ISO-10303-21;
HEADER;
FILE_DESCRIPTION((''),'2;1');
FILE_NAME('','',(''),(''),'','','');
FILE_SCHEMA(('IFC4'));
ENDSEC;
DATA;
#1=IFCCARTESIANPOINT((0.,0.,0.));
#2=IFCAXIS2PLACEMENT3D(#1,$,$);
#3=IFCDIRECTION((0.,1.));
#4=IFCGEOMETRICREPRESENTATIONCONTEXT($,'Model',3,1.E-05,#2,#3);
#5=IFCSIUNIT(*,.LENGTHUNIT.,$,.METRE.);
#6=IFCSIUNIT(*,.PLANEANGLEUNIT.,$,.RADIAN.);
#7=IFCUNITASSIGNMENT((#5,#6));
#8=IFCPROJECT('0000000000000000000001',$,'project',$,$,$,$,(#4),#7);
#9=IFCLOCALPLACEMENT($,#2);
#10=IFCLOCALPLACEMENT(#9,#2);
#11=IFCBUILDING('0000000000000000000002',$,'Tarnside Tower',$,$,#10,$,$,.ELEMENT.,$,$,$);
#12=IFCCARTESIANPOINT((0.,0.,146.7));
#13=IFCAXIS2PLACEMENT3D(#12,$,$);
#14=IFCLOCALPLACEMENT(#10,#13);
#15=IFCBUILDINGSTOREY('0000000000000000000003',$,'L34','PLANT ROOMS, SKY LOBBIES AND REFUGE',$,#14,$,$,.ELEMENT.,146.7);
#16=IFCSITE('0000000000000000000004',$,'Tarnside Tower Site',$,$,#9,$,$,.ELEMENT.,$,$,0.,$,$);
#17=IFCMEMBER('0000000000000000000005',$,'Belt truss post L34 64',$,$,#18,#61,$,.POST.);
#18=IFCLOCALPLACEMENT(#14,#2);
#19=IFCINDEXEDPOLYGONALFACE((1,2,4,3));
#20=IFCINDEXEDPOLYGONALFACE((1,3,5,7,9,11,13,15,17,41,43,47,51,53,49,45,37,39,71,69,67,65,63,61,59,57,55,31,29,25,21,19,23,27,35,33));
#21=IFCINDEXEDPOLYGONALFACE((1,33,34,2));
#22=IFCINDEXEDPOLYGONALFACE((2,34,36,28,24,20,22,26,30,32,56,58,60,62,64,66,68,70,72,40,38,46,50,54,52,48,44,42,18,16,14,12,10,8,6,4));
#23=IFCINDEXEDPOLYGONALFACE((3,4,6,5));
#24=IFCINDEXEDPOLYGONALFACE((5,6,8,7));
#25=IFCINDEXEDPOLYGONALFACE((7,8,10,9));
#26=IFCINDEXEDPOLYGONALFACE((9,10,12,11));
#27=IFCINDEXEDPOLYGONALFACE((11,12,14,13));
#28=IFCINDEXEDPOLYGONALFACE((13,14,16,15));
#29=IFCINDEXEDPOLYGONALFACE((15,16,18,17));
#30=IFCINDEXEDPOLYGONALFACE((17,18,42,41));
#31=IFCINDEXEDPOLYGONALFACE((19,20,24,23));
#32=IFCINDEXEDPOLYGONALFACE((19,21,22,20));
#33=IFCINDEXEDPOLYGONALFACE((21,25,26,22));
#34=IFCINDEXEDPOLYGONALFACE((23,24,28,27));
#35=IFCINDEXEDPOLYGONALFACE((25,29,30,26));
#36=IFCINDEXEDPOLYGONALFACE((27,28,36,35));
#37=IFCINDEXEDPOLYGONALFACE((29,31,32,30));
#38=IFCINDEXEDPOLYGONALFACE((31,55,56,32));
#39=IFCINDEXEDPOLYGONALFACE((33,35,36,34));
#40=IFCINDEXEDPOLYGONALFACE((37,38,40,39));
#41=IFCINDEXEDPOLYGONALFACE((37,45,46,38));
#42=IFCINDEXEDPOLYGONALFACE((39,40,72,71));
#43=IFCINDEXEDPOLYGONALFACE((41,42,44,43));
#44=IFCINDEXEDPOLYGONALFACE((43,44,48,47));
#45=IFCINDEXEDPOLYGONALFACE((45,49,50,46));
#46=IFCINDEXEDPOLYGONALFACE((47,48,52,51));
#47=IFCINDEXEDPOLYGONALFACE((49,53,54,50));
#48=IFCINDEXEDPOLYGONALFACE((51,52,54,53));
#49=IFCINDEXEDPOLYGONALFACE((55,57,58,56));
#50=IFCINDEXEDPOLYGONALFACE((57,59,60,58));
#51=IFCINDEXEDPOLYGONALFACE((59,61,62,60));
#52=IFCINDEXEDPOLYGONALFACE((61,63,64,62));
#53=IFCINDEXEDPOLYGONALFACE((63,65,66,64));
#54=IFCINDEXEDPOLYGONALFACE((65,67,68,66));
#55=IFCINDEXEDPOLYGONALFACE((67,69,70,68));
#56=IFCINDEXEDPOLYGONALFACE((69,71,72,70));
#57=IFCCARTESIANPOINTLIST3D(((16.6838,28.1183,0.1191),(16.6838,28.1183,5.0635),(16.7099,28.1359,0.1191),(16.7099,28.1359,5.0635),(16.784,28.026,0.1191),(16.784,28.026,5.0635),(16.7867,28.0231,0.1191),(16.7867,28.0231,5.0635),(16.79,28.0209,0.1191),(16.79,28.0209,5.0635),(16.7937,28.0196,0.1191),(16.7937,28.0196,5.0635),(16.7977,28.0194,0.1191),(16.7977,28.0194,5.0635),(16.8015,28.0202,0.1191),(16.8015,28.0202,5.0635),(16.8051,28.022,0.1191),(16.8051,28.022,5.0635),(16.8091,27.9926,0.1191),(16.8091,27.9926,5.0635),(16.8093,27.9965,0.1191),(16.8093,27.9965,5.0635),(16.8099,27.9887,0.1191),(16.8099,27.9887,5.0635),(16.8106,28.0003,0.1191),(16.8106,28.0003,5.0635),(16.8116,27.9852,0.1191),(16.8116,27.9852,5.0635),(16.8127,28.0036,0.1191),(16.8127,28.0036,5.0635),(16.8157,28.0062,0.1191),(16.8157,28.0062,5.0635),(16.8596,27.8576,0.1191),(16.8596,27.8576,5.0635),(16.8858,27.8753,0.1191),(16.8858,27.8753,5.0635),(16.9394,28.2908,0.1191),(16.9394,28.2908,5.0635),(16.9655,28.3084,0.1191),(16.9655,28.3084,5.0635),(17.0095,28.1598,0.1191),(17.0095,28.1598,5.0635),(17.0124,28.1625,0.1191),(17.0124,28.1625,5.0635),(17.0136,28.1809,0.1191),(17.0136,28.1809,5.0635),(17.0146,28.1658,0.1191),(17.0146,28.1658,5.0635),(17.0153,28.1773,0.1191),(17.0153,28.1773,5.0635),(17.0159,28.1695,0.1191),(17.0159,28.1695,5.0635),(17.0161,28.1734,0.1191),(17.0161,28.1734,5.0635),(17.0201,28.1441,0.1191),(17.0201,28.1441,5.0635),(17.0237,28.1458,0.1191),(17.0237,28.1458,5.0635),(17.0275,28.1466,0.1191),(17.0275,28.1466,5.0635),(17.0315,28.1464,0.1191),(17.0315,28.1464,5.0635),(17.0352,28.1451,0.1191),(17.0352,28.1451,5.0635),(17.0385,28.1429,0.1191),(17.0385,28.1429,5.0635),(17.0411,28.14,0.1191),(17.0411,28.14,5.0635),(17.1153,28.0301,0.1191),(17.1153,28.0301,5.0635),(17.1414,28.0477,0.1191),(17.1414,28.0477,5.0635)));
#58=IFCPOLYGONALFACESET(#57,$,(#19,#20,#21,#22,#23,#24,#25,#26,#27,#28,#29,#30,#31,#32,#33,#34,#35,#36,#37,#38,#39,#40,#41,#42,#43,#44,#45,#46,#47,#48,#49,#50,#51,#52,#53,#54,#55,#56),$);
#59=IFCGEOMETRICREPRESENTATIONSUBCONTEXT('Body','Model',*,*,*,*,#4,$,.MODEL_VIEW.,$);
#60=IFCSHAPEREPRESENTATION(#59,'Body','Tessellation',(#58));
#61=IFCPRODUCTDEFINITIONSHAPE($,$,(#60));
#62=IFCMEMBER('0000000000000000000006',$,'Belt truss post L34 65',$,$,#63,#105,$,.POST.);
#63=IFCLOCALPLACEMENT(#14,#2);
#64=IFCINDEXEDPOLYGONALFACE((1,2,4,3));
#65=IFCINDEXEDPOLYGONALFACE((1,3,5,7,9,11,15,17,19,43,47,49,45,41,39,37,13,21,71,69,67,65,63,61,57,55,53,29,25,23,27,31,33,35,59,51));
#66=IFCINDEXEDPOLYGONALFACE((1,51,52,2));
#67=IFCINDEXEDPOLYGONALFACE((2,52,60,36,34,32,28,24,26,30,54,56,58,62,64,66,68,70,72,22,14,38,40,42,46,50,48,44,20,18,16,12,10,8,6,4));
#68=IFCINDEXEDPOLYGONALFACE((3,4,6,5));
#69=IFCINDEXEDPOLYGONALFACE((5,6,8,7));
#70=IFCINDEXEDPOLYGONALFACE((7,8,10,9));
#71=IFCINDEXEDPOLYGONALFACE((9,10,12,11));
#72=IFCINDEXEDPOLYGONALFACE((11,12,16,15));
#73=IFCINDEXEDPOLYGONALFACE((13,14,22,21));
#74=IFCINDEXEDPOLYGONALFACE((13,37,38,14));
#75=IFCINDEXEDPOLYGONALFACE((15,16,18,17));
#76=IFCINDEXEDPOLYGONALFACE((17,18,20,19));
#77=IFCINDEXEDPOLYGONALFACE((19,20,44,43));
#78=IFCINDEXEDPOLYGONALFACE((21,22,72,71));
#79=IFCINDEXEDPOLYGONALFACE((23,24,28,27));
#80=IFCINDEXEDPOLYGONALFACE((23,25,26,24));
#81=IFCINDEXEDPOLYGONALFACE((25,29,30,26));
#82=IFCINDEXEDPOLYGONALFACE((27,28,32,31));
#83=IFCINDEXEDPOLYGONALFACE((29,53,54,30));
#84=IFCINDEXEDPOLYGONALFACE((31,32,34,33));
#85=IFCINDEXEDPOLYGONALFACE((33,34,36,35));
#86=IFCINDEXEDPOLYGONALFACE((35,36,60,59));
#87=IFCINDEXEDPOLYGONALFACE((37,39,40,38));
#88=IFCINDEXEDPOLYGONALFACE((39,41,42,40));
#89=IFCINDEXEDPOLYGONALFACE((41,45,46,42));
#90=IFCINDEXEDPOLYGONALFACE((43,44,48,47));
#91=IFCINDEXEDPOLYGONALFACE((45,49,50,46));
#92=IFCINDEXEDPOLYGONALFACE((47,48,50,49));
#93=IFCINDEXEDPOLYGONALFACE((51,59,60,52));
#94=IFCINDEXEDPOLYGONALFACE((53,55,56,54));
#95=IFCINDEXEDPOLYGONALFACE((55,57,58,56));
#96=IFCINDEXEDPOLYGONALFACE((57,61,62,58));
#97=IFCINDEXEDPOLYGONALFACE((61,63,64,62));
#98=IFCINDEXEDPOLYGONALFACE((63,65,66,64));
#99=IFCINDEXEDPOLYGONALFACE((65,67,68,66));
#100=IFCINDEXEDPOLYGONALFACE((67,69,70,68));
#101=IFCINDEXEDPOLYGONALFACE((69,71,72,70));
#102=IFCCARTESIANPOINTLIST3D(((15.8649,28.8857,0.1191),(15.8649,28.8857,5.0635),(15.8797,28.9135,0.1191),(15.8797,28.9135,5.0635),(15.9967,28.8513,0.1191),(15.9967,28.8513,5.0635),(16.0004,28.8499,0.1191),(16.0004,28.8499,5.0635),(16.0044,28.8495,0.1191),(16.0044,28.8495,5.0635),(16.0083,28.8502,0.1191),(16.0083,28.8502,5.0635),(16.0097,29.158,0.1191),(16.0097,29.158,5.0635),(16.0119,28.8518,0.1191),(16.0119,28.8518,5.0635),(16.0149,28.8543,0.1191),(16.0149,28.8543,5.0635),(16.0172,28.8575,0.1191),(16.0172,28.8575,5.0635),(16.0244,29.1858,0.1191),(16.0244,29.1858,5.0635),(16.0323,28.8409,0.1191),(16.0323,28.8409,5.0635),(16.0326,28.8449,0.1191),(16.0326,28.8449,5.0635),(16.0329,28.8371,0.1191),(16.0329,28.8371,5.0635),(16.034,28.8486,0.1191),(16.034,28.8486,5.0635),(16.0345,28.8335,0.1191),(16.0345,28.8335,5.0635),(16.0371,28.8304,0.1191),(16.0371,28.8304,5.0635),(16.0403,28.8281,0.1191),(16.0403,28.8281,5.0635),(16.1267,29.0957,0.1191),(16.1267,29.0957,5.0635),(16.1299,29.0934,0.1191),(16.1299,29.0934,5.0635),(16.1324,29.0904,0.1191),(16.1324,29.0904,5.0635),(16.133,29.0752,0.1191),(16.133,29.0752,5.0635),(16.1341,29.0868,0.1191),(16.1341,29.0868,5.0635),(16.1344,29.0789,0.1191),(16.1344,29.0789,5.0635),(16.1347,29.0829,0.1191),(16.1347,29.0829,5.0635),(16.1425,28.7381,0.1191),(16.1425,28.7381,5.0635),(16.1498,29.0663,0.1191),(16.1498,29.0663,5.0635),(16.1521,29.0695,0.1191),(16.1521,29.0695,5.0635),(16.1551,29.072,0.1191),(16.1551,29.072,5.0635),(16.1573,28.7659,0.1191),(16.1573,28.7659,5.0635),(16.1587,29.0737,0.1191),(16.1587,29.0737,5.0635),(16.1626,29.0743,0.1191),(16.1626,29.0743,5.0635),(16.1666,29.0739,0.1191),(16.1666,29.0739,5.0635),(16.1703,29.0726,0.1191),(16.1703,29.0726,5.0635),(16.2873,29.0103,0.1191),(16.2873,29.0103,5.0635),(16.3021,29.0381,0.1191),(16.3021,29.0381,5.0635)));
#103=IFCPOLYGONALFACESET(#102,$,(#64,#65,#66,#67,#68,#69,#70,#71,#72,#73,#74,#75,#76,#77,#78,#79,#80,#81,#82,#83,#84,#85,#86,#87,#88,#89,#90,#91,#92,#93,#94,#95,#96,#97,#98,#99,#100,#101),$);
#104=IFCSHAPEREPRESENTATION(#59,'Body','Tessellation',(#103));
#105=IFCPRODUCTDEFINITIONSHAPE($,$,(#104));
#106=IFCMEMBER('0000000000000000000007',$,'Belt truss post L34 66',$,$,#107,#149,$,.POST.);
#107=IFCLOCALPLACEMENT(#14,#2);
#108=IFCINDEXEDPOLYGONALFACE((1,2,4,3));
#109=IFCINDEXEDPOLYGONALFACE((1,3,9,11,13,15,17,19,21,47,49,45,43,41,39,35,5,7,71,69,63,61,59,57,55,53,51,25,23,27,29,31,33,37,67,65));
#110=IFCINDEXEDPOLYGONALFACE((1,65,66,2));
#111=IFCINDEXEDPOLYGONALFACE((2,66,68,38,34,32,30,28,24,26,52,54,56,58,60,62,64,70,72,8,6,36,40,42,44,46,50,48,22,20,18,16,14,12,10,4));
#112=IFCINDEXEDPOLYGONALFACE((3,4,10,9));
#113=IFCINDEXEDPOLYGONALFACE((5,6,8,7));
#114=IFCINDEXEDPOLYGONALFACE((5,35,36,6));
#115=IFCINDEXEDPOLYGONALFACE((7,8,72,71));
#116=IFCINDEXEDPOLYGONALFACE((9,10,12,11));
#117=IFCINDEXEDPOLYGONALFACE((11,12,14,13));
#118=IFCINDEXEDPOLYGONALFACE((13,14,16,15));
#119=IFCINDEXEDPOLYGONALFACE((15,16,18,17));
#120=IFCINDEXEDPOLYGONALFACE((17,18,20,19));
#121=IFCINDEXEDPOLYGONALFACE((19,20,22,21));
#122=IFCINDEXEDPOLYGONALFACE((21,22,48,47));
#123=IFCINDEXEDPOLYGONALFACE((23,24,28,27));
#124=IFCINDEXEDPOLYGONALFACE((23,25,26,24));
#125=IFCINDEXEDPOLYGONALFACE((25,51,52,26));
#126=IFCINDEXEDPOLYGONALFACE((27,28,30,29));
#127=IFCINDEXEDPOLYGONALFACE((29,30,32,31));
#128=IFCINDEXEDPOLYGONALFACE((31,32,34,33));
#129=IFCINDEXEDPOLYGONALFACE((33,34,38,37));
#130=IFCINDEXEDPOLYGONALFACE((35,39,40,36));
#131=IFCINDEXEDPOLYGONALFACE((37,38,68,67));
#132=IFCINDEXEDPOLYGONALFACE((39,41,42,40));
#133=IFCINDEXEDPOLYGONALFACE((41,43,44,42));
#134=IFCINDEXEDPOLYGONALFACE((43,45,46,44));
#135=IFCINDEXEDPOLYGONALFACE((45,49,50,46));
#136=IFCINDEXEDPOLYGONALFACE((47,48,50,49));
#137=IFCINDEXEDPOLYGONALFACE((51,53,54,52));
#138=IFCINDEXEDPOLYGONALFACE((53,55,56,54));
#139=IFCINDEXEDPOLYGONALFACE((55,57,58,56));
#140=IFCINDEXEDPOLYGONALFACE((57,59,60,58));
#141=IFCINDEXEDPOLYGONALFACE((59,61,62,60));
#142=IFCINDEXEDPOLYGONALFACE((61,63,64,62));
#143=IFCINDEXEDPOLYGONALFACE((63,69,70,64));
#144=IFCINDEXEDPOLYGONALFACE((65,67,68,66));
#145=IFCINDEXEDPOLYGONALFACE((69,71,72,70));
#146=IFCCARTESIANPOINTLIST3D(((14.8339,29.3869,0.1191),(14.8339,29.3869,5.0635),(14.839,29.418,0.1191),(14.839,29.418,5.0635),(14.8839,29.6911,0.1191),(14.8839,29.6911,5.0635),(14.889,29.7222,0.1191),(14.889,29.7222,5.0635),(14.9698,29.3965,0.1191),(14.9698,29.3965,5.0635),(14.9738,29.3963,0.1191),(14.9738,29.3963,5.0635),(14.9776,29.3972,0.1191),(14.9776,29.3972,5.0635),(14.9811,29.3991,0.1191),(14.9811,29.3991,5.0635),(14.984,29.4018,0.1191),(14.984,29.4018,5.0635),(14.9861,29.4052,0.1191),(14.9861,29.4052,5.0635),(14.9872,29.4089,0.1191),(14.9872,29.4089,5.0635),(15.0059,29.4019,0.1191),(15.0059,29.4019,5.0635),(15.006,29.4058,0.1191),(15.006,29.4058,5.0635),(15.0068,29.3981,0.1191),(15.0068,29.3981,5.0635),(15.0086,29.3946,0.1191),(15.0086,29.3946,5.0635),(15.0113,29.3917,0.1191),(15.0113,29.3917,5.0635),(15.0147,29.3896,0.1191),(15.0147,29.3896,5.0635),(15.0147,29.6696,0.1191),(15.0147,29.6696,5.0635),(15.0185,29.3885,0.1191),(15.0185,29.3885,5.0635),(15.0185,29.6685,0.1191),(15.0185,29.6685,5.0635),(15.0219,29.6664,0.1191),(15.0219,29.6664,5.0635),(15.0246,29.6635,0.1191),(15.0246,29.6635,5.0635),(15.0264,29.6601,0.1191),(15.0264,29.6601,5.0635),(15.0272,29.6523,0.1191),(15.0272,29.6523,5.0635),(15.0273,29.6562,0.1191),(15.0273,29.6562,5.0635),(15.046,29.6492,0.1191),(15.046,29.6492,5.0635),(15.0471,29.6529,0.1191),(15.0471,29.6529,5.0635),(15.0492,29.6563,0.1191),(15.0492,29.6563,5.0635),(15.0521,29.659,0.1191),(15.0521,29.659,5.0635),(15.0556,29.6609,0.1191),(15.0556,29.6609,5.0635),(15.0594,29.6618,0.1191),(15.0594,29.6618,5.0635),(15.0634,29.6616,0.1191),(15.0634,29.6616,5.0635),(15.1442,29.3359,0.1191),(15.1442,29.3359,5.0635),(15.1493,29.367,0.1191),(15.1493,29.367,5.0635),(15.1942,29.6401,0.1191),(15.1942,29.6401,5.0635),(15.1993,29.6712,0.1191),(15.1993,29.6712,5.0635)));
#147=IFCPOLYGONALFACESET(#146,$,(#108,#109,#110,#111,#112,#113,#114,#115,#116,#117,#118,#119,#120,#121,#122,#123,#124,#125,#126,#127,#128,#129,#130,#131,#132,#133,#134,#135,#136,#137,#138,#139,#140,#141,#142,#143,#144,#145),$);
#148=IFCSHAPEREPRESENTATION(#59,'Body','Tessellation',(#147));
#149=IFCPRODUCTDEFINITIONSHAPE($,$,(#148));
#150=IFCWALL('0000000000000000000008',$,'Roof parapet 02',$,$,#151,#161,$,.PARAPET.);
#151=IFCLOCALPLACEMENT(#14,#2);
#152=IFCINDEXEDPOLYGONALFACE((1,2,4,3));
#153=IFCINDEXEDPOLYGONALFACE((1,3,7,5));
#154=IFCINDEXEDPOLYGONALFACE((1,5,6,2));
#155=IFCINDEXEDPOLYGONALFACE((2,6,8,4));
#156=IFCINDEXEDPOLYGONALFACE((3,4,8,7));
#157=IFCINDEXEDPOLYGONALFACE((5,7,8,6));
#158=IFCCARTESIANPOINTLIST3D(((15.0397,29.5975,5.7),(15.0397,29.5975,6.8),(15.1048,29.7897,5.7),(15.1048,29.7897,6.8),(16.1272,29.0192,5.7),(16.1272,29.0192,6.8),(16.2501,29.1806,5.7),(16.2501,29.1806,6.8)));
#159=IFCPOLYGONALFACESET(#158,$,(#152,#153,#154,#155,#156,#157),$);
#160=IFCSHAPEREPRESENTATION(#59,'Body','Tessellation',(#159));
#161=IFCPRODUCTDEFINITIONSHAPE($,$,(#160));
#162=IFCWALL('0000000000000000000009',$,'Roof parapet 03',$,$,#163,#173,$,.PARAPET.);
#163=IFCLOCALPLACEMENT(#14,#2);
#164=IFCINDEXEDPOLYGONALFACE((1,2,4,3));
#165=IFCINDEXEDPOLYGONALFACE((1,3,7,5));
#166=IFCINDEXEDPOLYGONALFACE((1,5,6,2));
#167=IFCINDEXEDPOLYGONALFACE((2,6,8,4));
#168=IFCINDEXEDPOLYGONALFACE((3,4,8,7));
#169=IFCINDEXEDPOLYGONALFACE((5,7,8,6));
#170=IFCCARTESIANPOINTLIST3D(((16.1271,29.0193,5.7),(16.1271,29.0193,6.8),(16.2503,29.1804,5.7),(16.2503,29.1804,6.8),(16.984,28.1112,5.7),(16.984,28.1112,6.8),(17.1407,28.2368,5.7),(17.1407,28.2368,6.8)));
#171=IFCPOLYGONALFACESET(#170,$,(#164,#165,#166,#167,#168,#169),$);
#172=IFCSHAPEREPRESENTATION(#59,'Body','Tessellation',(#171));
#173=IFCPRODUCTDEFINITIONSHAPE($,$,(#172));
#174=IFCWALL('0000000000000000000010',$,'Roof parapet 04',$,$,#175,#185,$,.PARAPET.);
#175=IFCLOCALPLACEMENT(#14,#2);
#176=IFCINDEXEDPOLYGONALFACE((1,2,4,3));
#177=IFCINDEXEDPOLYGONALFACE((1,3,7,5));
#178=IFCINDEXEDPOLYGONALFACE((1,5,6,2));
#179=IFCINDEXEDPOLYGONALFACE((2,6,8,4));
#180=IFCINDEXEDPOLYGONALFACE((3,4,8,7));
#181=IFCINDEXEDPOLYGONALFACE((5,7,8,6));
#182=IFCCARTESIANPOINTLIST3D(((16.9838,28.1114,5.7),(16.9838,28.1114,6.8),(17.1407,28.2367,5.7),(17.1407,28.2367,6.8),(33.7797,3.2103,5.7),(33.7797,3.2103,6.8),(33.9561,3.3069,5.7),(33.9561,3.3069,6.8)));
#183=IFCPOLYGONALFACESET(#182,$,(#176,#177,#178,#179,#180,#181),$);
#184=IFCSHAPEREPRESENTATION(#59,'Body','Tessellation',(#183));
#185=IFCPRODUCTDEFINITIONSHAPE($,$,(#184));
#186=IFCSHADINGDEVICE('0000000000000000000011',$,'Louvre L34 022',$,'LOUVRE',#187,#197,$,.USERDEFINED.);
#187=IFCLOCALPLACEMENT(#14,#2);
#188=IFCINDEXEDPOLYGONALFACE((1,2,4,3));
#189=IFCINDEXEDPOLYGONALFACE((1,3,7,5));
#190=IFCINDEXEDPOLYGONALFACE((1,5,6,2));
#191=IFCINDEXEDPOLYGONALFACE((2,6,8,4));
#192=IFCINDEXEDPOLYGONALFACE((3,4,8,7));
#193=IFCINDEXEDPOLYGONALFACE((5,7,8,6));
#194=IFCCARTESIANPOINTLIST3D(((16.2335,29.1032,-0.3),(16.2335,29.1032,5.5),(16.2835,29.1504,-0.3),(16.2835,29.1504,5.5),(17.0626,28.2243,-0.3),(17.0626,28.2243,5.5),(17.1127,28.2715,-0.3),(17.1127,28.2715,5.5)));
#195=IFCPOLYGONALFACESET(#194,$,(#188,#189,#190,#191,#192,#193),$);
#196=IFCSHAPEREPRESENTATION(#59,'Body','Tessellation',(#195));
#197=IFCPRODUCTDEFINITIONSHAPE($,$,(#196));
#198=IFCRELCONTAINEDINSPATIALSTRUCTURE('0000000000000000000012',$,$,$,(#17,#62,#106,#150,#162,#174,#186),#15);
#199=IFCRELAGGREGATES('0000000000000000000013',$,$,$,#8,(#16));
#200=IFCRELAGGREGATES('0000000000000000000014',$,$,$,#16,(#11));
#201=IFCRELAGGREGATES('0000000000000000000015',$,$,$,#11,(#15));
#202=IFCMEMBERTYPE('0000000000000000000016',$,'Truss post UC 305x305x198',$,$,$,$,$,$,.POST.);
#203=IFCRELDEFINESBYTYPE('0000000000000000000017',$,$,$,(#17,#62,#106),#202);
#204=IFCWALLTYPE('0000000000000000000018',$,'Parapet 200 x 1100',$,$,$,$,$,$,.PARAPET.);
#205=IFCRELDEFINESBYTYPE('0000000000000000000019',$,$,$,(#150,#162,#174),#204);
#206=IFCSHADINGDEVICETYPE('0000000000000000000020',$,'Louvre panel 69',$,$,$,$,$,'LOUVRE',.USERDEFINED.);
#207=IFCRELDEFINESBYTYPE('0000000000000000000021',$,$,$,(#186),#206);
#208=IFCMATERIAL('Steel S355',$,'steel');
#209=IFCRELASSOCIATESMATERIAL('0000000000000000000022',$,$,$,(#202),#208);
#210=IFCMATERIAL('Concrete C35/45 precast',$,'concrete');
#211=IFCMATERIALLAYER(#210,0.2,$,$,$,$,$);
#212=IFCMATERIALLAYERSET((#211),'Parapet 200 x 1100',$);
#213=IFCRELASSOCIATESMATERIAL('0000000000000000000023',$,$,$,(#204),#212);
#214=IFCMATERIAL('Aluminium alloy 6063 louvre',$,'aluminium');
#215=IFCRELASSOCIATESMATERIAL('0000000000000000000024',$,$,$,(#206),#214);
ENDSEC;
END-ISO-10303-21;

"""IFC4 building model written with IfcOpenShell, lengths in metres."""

from ifc_helpers import new_model, si_unit, direction, frame, origin, origin_2d, place, context, subcontext, project, spatial, polyline, i_section, outline, extrude, material, layer, layer_set, material_profile, profile_set, type_object, element, save


model = new_model("IFC4")

# Units and contexts
model_context = context("Model", 3, precision=1e-05, world=origin(), true_north=direction((0.0, 1.0)))
body_context = subcontext(model_context, "Body", "Model", "MODEL_VIEW")
ifc_project = project(units=[si_unit("LENGTHUNIT", "METRE"), si_unit("PLANEANGLEUNIT", "RADIAN")], contexts=[model_context])

# Site, building, storey
site_placement = place(None, origin())
site = spatial("IfcSite", under=ifc_project, at=site_placement, Name="Tarnside Tower Site", CompositionType="ELEMENT", RefElevation=0.0)
building_placement = place(site_placement, origin())
building = spatial("IfcBuilding", under=site, at=building_placement, Name="Tarnside Tower", CompositionType="ELEMENT")
storey_placement = place(building_placement, frame((0.0, 0.0, 146.7)))
storey = spatial("IfcBuildingStorey", under=building, at=storey_placement, Name="L34", Description="PLANT ROOMS, SKY LOBBIES AND REFUGE", CompositionType="ELEMENT", Elevation=146.7)

# Shared definitions
ifc_material_1 = material(Name="Steel S355", Category="steel")

# Members
ifc_material_profile_1 = material_profile(ifc_material_1, i_section(OverallWidth=0.3145, OverallDepth=0.3398, WebThickness=0.019, FlangeThickness=0.0315, FilletRadius=0.0151, at=origin_2d()), Name="UC 305x305x198")
ifc_profile_set_1 = profile_set([ifc_material_profile_1], Name="Steel S355")
member_type_1 = type_object("IfcMemberType", Name="Truss post UC 305x305x198", PredefinedType="POST", material=ifc_profile_set_1)
for number, where, z_axis, x_axis, name in (
    (1, (16.9126, 28.083, 0.1191), (0.0, 0.0, 1.0), (-0.559193, 0.829038, 0.0), "Belt truss post L34 64"),
    (2, (16.0835, 28.9619, 0.1191), (0.0, 0.0, 1.0), (-0.882948, 0.469472, 0.0), "Belt truss post L34 65"),
    (3, (15.0166, 29.5291, 0.1191), (0.0, 0.0, 1.0), (-0.986762, 0.162178, 0.0), "Belt truss post L34 66"),
):
    element("IfcMember", number, at=place(storey_placement, frame(where, z_axis=z_axis, x_axis=x_axis)), inside=storey, type_object=member_type_1, Name=name, PredefinedType="POST", context=body_context, shape_type="SweptSolid", body=[
        extrude(i_section(OverallWidth=0.3145, OverallDepth=0.3398, WebThickness=0.019, FlangeThickness=0.0315, FilletRadius=0.0151, at=origin_2d()), origin(), (0.0, 0.0, 1.0), 4.9443),
    ])

# Walls
ifc_material_2 = material(Name="Concrete C35/45 precast", Category="concrete")
ifc_layer_1 = layer(ifc_material_2, 0.2)
ifc_layer_set_1 = layer_set([ifc_layer_1], Name="Parapet 200 x 1100")
wall_type = type_object("IfcWallType", Name="Parapet 200 x 1100", PredefinedType="PARAPET", material=ifc_layer_set_1)
wall_1_placement = place(storey_placement, frame((15.0723, 29.6936, 5.7), z_axis=(0.0, 0.0, 1.0), x_axis=(0.882908, -0.469546, 0.0)))
element("IfcWall", 4, at=wall_1_placement, inside=storey, type_object=wall_type, Name="Roof parapet 02", PredefinedType="PARAPET", context=body_context, shape_type="SweptSolid", body=[
    extrude(outline(polyline([(0.0164, -0.1001), (1.248, -0.1001), (1.2808, 0.1001), (-0.0164, 0.1001), (0.0164, -0.1001)])), origin(), (0.0, 0.0, 1.0), 1.1001),
])
wall_2_placement = place(storey_placement, frame((16.1887, 29.0999, 5.7), z_axis=(0.0, 0.0, 1.0), x_axis=(0.686286, -0.727332, 0.0)))
element("IfcWall", 5, at=wall_2_placement, inside=storey, type_object=wall_type, Name="Roof parapet 03", PredefinedType="PARAPET", context=body_context, shape_type="SweptSolid", body=[
    extrude(outline(polyline([(0.0164, -0.1001), (1.2649, -0.1001), (1.281, 0.1001), (-0.0164, 0.1001), (0.0164, -0.1001)])), origin(), (0.0, 0.0, 1.0), 1.1001),
])
wall_3_placement = place(storey_placement, frame((17.0623, 28.1741, 5.7), z_axis=(0.0, 0.0, 1.0), x_axis=(0.559191, -0.829039, 0.0)))
element("IfcWall", 6, at=wall_3_placement, inside=storey, type_object=wall_type, Name="Roof parapet 04", PredefinedType="PARAPET", context=body_context, shape_type="SweptSolid", body=[
    extrude(outline(polyline([(0.0081, -0.1001), (30.0442, -0.1001), (30.0627, 0.1001), (-0.0081, 0.1001), (0.0081, -0.1001)])), origin(), (0.0, 0.0, 1.0), 1.1001),
])

# Shading device
ifc_material_3 = material(Name="Aluminium alloy 6063 louvre", Category="aluminium")
shading_device_type_1 = type_object("IfcShadingDeviceType", Name="Louvre panel 69", ElementType="LOUVRE", PredefinedType="USERDEFINED", material=ifc_material_3)
for number, where, z_axis, x_axis, name in (
    (7, (16.6479, 28.6638, -0.3), (0.686239, -0.727376, 0.0), (0.727376, 0.686239, 0.0), "Louvre L34 022"),
):
    element("IfcShadingDevice", number, at=place(storey_placement, frame(where, z_axis=z_axis, x_axis=x_axis)), inside=storey, type_object=shading_device_type_1, Name=name, ObjectType="LOUVRE", PredefinedType="USERDEFINED", context=body_context, shape_type="SweptSolid", body=[
        extrude(outline(polyline([(0.0, 0.0), (0.0688, 0.0), (0.0688, 5.8), (0.0, 5.8), (0.0, 0.0)])), frame((0.0, 0.0, -0.604)), (0.0, 0.0, 1.0), 1.2083),
    ])

save(model, "model.ifc")
